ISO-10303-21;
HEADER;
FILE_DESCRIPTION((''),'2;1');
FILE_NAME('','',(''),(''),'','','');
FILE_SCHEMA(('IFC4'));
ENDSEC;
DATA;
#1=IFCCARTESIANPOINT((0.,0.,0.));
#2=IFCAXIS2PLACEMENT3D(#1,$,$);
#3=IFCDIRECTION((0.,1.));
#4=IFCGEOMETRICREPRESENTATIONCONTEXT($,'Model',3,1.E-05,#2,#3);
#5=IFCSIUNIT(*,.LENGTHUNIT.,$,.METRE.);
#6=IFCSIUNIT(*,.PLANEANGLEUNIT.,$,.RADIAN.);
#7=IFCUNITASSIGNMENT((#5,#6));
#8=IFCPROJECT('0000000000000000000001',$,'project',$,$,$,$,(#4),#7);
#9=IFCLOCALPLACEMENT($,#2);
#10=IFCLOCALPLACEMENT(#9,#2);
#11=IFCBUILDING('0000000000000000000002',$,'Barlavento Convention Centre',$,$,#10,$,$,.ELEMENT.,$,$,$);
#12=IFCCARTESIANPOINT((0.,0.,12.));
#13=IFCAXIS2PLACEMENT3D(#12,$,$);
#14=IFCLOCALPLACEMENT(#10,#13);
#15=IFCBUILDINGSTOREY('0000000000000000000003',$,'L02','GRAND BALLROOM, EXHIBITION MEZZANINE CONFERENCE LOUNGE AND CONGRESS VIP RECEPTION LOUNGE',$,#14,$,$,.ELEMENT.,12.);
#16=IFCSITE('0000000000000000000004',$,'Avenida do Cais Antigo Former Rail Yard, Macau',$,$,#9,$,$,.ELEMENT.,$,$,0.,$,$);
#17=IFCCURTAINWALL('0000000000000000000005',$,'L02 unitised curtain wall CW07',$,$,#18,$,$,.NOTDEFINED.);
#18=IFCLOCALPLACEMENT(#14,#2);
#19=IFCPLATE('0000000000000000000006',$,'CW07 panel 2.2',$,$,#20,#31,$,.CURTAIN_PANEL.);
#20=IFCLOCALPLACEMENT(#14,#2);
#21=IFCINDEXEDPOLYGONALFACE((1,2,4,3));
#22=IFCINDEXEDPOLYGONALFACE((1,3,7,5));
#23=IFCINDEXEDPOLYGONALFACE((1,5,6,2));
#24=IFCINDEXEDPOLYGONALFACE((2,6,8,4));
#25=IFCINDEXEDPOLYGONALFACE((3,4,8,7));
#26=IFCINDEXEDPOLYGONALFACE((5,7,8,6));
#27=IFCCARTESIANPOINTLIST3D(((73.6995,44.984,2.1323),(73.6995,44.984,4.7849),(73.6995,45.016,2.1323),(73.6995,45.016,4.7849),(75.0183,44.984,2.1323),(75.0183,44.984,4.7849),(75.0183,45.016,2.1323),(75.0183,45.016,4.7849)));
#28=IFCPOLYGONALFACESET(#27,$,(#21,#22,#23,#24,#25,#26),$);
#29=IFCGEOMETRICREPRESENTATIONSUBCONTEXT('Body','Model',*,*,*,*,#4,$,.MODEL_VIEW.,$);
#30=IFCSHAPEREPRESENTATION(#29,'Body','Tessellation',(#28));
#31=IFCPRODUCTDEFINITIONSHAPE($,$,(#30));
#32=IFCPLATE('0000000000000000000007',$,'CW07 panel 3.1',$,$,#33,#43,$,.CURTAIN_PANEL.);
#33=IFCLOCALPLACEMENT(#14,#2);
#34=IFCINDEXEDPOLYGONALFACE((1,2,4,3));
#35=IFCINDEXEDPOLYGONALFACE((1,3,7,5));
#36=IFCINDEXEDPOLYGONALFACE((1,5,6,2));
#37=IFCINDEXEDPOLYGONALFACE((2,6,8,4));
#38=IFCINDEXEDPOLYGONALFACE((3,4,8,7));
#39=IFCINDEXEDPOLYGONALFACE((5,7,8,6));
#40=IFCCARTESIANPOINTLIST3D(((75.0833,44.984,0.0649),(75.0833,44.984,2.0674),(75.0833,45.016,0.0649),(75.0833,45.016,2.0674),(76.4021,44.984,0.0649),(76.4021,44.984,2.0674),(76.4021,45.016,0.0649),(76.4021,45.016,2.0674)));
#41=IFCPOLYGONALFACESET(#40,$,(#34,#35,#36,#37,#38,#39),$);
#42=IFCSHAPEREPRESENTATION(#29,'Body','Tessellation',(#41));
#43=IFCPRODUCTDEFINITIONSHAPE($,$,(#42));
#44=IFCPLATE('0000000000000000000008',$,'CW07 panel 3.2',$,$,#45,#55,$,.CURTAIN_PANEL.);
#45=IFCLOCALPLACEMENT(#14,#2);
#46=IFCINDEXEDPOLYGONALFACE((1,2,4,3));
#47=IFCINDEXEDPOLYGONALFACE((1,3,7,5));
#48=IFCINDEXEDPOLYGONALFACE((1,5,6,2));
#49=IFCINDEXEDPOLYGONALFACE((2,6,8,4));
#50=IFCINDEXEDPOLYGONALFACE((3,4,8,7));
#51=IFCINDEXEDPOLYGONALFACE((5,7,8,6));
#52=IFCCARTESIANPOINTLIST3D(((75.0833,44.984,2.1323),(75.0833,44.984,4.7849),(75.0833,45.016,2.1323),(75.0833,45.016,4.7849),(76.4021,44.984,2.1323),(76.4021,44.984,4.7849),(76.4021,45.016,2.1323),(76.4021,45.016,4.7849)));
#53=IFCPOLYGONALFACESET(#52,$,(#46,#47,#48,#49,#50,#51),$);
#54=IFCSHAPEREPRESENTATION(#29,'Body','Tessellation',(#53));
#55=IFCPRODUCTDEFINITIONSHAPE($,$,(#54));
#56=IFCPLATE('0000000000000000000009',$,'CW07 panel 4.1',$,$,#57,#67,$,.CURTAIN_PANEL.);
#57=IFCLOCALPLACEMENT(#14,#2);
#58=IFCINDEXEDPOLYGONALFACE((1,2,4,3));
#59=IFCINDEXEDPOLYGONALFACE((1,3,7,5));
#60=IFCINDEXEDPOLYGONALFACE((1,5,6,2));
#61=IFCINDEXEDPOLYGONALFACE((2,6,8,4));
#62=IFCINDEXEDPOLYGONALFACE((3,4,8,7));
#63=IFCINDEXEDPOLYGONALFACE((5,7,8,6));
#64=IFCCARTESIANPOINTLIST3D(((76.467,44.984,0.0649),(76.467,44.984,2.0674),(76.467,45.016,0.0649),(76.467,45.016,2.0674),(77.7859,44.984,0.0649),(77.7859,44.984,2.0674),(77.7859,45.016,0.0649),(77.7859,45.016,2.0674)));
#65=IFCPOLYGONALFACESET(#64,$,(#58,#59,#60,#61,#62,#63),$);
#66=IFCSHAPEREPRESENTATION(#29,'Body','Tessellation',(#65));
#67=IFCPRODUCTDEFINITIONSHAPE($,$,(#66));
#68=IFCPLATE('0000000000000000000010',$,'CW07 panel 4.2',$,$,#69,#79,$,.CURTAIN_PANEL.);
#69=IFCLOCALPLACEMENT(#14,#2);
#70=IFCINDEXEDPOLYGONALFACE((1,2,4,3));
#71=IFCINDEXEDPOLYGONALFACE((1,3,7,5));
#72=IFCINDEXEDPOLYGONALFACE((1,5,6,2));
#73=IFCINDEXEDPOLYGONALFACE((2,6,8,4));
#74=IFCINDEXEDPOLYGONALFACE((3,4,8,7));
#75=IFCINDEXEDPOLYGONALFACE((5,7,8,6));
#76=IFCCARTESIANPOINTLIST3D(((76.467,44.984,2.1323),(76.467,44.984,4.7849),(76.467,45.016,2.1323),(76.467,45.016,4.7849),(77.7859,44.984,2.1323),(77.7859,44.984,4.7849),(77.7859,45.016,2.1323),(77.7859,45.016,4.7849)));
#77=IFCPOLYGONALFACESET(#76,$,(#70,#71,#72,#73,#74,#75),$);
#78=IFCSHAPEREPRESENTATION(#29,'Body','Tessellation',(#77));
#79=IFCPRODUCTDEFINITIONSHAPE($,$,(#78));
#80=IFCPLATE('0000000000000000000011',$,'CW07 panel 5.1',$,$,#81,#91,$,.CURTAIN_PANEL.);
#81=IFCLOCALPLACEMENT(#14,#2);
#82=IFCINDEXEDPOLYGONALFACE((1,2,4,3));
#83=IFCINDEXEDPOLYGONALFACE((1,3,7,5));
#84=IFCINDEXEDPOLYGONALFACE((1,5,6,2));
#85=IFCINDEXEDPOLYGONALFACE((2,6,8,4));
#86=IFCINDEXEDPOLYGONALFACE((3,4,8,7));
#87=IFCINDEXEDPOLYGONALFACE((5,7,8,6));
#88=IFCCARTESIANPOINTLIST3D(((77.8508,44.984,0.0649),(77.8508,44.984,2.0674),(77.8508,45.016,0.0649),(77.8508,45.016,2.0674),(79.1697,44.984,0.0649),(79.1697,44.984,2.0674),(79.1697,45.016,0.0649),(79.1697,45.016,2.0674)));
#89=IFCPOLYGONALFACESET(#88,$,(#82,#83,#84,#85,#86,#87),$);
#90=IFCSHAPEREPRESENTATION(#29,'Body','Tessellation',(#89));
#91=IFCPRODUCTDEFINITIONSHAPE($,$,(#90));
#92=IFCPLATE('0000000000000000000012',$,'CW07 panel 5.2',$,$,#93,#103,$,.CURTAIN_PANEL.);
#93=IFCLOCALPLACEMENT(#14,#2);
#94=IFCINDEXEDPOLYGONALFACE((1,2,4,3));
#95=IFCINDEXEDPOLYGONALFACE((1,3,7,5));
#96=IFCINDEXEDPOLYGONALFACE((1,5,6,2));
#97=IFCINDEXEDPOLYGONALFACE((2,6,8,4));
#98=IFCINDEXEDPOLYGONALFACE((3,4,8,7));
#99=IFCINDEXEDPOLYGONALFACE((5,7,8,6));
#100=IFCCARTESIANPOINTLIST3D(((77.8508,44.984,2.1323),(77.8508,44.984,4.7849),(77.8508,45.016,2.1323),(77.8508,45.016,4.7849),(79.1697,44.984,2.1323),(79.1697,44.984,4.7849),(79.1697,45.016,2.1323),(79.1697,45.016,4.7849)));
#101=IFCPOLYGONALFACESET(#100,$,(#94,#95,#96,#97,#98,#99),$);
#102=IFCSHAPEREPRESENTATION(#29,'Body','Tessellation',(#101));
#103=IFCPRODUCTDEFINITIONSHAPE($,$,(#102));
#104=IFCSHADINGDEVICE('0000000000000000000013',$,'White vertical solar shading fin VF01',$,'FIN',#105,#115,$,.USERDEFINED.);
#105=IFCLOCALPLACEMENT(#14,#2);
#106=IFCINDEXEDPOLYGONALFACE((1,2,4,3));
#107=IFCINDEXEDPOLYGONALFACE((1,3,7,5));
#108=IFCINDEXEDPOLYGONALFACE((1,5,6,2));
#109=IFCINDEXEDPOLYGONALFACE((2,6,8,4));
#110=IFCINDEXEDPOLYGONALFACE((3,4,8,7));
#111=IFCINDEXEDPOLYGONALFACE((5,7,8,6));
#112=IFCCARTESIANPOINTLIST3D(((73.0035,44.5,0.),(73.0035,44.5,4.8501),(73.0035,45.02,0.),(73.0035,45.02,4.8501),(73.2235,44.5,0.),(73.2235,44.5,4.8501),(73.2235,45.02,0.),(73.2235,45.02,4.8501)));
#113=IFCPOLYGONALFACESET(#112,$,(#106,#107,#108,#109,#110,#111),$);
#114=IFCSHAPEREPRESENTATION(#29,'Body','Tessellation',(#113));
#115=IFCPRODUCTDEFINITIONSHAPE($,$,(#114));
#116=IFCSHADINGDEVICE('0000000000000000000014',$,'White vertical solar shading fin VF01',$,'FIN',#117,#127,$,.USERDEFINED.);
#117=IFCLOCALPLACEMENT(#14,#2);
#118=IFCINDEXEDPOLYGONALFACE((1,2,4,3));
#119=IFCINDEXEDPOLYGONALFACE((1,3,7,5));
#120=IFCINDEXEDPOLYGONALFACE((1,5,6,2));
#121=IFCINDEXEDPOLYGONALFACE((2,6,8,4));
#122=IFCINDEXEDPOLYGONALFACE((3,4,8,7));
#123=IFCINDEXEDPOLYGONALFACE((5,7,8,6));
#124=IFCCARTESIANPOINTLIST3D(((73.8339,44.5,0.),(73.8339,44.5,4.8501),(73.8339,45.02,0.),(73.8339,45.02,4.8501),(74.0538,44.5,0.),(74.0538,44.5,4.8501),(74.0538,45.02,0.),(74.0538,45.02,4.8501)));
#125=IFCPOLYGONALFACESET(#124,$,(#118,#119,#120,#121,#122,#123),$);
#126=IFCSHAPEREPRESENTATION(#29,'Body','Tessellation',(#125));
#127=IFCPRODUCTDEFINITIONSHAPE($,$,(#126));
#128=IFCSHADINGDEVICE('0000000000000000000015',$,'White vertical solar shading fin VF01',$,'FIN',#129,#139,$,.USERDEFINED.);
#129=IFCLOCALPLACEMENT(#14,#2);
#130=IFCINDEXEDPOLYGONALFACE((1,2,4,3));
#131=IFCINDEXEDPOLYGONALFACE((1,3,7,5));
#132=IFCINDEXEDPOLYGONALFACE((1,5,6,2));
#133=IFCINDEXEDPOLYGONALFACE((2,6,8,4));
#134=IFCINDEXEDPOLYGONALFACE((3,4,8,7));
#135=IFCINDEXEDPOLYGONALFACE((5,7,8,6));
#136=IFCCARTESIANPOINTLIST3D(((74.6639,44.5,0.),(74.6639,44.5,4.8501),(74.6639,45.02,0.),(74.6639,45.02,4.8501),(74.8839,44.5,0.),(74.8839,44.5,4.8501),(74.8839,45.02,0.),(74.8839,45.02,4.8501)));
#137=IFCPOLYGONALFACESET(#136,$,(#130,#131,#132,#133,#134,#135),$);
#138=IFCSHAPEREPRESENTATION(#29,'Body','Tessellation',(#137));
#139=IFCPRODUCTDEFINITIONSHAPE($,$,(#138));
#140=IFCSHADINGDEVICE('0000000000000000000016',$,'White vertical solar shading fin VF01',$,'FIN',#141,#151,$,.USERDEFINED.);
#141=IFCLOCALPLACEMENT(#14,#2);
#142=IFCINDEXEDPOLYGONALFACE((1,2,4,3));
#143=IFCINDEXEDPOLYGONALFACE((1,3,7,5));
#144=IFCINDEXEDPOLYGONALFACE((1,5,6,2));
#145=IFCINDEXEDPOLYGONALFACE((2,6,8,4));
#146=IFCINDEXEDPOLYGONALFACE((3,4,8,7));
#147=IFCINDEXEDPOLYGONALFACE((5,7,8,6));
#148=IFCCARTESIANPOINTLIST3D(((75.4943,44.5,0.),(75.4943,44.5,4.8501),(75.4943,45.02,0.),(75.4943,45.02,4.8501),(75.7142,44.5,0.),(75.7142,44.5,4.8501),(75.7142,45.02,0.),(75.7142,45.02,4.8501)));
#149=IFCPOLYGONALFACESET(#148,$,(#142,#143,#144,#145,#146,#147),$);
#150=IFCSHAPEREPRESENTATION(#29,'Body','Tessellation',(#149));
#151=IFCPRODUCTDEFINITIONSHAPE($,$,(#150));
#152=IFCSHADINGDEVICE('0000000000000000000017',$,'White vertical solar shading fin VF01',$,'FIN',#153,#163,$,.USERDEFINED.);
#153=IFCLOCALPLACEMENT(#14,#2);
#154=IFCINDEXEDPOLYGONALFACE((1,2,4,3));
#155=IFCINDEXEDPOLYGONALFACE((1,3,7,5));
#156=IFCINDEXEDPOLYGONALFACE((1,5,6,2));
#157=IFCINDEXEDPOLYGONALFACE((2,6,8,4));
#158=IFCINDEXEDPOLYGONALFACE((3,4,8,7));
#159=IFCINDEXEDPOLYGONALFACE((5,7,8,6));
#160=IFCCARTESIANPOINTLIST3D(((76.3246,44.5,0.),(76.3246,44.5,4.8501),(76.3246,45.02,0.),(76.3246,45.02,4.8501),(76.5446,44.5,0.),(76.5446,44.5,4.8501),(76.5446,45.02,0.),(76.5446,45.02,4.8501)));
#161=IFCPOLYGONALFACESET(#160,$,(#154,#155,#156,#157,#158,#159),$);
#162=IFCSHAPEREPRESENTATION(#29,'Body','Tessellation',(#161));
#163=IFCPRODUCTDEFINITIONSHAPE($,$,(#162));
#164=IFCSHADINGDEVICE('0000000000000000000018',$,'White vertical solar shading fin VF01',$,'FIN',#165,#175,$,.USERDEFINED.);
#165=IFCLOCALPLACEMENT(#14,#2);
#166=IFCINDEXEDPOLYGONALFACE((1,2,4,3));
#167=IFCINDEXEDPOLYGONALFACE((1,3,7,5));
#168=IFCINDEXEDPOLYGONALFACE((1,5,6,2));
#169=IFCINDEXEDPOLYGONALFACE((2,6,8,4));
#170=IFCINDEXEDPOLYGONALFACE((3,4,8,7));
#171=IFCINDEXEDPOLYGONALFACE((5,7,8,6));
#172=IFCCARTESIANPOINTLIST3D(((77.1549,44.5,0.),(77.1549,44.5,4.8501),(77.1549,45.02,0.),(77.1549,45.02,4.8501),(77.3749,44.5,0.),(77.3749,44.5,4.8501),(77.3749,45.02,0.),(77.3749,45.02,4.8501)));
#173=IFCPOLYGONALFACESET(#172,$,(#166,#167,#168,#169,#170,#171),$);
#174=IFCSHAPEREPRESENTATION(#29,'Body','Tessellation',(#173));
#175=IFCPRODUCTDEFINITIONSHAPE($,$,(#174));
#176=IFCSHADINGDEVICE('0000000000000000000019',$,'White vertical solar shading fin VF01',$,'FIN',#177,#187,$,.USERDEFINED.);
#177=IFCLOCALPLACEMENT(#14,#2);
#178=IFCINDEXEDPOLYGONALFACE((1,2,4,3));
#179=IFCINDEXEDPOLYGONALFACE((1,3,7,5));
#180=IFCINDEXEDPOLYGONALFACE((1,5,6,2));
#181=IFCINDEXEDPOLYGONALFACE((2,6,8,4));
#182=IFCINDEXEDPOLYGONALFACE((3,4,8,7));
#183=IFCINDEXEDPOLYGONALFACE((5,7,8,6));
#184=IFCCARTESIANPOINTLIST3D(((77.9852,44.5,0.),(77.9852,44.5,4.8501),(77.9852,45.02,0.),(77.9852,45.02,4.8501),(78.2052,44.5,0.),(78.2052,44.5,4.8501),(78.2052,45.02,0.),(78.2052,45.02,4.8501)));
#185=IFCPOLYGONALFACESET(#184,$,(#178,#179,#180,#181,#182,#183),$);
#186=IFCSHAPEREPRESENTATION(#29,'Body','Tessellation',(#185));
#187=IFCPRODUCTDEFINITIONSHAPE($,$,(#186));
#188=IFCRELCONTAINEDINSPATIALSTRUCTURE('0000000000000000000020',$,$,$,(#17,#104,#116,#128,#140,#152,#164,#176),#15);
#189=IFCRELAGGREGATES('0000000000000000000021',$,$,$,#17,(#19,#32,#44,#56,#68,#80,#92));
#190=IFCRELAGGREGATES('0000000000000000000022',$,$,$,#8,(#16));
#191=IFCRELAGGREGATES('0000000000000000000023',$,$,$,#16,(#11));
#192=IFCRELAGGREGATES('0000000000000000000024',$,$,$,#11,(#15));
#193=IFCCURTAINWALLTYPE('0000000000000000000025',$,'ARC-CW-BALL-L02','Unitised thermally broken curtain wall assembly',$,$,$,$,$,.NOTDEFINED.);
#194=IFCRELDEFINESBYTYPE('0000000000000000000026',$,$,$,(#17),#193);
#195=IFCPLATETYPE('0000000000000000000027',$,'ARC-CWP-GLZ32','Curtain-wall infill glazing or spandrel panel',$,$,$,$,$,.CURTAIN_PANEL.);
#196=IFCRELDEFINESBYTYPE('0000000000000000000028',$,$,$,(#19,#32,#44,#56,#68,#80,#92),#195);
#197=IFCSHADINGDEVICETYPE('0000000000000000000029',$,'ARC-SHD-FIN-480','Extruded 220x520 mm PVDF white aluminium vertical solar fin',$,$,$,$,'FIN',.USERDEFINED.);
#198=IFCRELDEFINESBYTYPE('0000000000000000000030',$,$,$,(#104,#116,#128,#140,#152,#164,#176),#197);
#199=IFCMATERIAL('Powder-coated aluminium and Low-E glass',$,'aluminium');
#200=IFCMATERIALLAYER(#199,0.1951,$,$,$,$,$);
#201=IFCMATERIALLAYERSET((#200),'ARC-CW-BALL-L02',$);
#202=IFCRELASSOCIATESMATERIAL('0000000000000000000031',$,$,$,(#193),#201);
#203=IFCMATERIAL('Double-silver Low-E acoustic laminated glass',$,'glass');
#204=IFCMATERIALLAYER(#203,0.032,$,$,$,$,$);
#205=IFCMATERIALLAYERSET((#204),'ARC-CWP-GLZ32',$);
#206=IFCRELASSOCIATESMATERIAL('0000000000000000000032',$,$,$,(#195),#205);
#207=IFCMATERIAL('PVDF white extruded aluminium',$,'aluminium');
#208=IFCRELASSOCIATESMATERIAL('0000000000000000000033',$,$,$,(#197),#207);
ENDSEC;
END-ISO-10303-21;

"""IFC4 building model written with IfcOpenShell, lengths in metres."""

from ifc_helpers import new_model, si_unit, direction, frame, origin, origin_2d, place, context, subcontext, project, spatial, rectangle, extrude, material, layer, layer_set, type_object, element, aggregate, save


model = new_model("IFC4")

# Units and contexts
model_context = context("Model", 3, precision=1e-05, world=origin(), true_north=direction((0.0, 1.0)))
body_context = subcontext(model_context, "Body", "Model", "MODEL_VIEW")
ifc_project = project(units=[si_unit("LENGTHUNIT", "METRE"), si_unit("PLANEANGLEUNIT", "RADIAN")], contexts=[model_context])

# Site, building, storey
site_placement = place(None, origin())
site = spatial("IfcSite", under=ifc_project, at=site_placement, Name="Avenida do Cais Antigo Former Rail Yard, Macau", CompositionType="ELEMENT", RefElevation=0.0)
building_placement = place(site_placement, origin())
building = spatial("IfcBuilding", under=site, at=building_placement, Name="Barlavento Convention Centre", CompositionType="ELEMENT")
storey_placement = place(building_placement, frame((0.0, 0.0, 12.0)))
storey = spatial("IfcBuildingStorey", under=building, at=storey_placement, Name="L02", Description="GRAND BALLROOM, EXHIBITION MEZZANINE CONFERENCE LOUNGE AND CONGRESS VIP RECEPTION LOUNGE", CompositionType="ELEMENT", Elevation=12.0)

# Curtain wall
ifc_material_1 = material(Name="Powder-coated aluminium and Low-E glass", Category="aluminium")
ifc_layer_1 = layer(ifc_material_1, 0.1951)
ifc_layer_set_1 = layer_set([ifc_layer_1], Name="ARC-CW-BALL-L02")
curtain_wall_type = type_object("IfcCurtainWallType", Name="ARC-CW-BALL-L02", Description="Unitised thermally broken curtain wall assembly", PredefinedType="NOTDEFINED", material=ifc_layer_set_1)
curtain_wall_placement = place(storey_placement, origin())
curtain_wall = element("IfcCurtainWall", 1, at=curtain_wall_placement, inside=storey, type_object=curtain_wall_type, Name="L02 unitised curtain wall CW07", PredefinedType="NOTDEFINED")

# Plates
ifc_material_2 = material(Name="Double-silver Low-E acoustic laminated glass", Category="glass")
ifc_layer_2 = layer(ifc_material_2, 0.032)
ifc_layer_set_2 = layer_set([ifc_layer_2], Name="ARC-CWP-GLZ32")
plate_type = type_object("IfcPlateType", Name="ARC-CWP-GLZ32", Description="Curtain-wall infill glazing or spandrel panel", PredefinedType="CURTAIN_PANEL", material=ifc_layer_set_2)
plate_1_placement = place(storey_placement, frame((74.3589, 45.0, 2.1323), z_axis=(0.0, 0.0, 1.0), x_axis=(1.0, 0.0, 0.0)))
plate_1 = element("IfcPlate", 2, at=plate_1_placement, type_object=plate_type, Name="CW07 panel 2.2", PredefinedType="CURTAIN_PANEL", context=body_context, shape_type="SweptSolid", body=[
    extrude(rectangle(XDim=1.3188, YDim=0.032, at=origin_2d()), origin(), (0.0, 0.0, 1.0), 2.6526),
])
plate_2_placement = place(storey_placement, frame((75.7427, 45.0, 0.0649), z_axis=(0.0, 0.0, 1.0), x_axis=(1.0, 0.0, 0.0)))
plate_2 = element("IfcPlate", 3, at=plate_2_placement, type_object=plate_type, Name="CW07 panel 3.1", PredefinedType="CURTAIN_PANEL", context=body_context, shape_type="SweptSolid", body=[
    extrude(rectangle(XDim=1.3188, YDim=0.032, at=origin_2d()), origin(), (0.0, 0.0, 1.0), 2.0024),
])
plate_3_placement = place(storey_placement, frame((75.7427, 45.0, 2.1323), z_axis=(0.0, 0.0, 1.0), x_axis=(1.0, 0.0, 0.0)))
plate_3 = element("IfcPlate", 4, at=plate_3_placement, type_object=plate_type, Name="CW07 panel 3.2", PredefinedType="CURTAIN_PANEL", context=body_context, shape_type="SweptSolid", body=[
    extrude(rectangle(XDim=1.3188, YDim=0.032, at=origin_2d()), origin(), (0.0, 0.0, 1.0), 2.6526),
])
plate_4_placement = place(storey_placement, frame((77.1265, 45.0, 0.0649), z_axis=(0.0, 0.0, 1.0), x_axis=(1.0, 0.0, 0.0)))
plate_4 = element("IfcPlate", 5, at=plate_4_placement, type_object=plate_type, Name="CW07 panel 4.1", PredefinedType="CURTAIN_PANEL", context=body_context, shape_type="SweptSolid", body=[
    extrude(rectangle(XDim=1.3188, YDim=0.032, at=origin_2d()), origin(), (0.0, 0.0, 1.0), 2.0024),
])
plate_5_placement = place(storey_placement, frame((77.1265, 45.0, 2.1323), z_axis=(0.0, 0.0, 1.0), x_axis=(1.0, 0.0, 0.0)))
plate_5 = element("IfcPlate", 6, at=plate_5_placement, type_object=plate_type, Name="CW07 panel 4.2", PredefinedType="CURTAIN_PANEL", context=body_context, shape_type="SweptSolid", body=[
    extrude(rectangle(XDim=1.3188, YDim=0.032, at=origin_2d()), origin(), (0.0, 0.0, 1.0), 2.6526),
])
plate_6_placement = place(storey_placement, frame((78.5103, 45.0, 0.0649), z_axis=(0.0, 0.0, 1.0), x_axis=(1.0, 0.0, 0.0)))
plate_6 = element("IfcPlate", 7, at=plate_6_placement, type_object=plate_type, Name="CW07 panel 5.1", PredefinedType="CURTAIN_PANEL", context=body_context, shape_type="SweptSolid", body=[
    extrude(rectangle(XDim=1.3188, YDim=0.032, at=origin_2d()), origin(), (0.0, 0.0, 1.0), 2.0024),
])
plate_7_placement = place(storey_placement, frame((78.5103, 45.0, 2.1323), z_axis=(0.0, 0.0, 1.0), x_axis=(1.0, 0.0, 0.0)))
plate_7 = element("IfcPlate", 8, at=plate_7_placement, type_object=plate_type, Name="CW07 panel 5.2", PredefinedType="CURTAIN_PANEL", context=body_context, shape_type="SweptSolid", body=[
    extrude(rectangle(XDim=1.3188, YDim=0.032, at=origin_2d()), origin(), (0.0, 0.0, 1.0), 2.6526),
])
aggregate(curtain_wall, [plate_1, plate_2, plate_3, plate_4, plate_5, plate_6, plate_7])

# Shading devices
ifc_material_3 = material(Name="PVDF white extruded aluminium", Category="aluminium")
shading_device_type = type_object("IfcShadingDeviceType", Name="ARC-SHD-FIN-480", Description="Extruded 220x520 mm PVDF white aluminium vertical solar fin", ElementType="FIN", PredefinedType="USERDEFINED", material=ifc_material_3)
for number, where, z_axis, x_axis, name in (
    (9, (73.1135, 44.76, 0.0), (0.0, 0.0, 1.0), (1.0, 0.0, 0.0), "White vertical solar shading fin VF01"),
    (10, (73.9438, 44.76, 0.0), (0.0, 0.0, 1.0), (1.0, 0.0, 0.0), "White vertical solar shading fin VF01"),
    (11, (74.7739, 44.76, 0.0), (0.0, 0.0, 1.0), (1.0, 0.0, 0.0), "White vertical solar shading fin VF01"),
    (12, (75.6042, 44.76, 0.0), (0.0, 0.0, 1.0), (1.0, 0.0, 0.0), "White vertical solar shading fin VF01"),
    (13, (76.4346, 44.76, 0.0), (0.0, 0.0, 1.0), (1.0, 0.0, 0.0), "White vertical solar shading fin VF01"),
    (14, (77.2649, 44.76, 0.0), (0.0, 0.0, 1.0), (1.0, 0.0, 0.0), "White vertical solar shading fin VF01"),
    (15, (78.0952, 44.76, 0.0), (0.0, 0.0, 1.0), (1.0, 0.0, 0.0), "White vertical solar shading fin VF01"),
):
    element("IfcShadingDevice", number, at=place(storey_placement, frame(where, z_axis=z_axis, x_axis=x_axis)), inside=storey, type_object=shading_device_type, Name=name, ObjectType="FIN", PredefinedType="USERDEFINED", context=body_context, shape_type="SweptSolid", body=[
        extrude(rectangle(XDim=0.22, YDim=0.52, at=origin_2d()), origin(), (0.0, 0.0, 1.0), 4.8501),
    ])

save(model, "model.ifc")
